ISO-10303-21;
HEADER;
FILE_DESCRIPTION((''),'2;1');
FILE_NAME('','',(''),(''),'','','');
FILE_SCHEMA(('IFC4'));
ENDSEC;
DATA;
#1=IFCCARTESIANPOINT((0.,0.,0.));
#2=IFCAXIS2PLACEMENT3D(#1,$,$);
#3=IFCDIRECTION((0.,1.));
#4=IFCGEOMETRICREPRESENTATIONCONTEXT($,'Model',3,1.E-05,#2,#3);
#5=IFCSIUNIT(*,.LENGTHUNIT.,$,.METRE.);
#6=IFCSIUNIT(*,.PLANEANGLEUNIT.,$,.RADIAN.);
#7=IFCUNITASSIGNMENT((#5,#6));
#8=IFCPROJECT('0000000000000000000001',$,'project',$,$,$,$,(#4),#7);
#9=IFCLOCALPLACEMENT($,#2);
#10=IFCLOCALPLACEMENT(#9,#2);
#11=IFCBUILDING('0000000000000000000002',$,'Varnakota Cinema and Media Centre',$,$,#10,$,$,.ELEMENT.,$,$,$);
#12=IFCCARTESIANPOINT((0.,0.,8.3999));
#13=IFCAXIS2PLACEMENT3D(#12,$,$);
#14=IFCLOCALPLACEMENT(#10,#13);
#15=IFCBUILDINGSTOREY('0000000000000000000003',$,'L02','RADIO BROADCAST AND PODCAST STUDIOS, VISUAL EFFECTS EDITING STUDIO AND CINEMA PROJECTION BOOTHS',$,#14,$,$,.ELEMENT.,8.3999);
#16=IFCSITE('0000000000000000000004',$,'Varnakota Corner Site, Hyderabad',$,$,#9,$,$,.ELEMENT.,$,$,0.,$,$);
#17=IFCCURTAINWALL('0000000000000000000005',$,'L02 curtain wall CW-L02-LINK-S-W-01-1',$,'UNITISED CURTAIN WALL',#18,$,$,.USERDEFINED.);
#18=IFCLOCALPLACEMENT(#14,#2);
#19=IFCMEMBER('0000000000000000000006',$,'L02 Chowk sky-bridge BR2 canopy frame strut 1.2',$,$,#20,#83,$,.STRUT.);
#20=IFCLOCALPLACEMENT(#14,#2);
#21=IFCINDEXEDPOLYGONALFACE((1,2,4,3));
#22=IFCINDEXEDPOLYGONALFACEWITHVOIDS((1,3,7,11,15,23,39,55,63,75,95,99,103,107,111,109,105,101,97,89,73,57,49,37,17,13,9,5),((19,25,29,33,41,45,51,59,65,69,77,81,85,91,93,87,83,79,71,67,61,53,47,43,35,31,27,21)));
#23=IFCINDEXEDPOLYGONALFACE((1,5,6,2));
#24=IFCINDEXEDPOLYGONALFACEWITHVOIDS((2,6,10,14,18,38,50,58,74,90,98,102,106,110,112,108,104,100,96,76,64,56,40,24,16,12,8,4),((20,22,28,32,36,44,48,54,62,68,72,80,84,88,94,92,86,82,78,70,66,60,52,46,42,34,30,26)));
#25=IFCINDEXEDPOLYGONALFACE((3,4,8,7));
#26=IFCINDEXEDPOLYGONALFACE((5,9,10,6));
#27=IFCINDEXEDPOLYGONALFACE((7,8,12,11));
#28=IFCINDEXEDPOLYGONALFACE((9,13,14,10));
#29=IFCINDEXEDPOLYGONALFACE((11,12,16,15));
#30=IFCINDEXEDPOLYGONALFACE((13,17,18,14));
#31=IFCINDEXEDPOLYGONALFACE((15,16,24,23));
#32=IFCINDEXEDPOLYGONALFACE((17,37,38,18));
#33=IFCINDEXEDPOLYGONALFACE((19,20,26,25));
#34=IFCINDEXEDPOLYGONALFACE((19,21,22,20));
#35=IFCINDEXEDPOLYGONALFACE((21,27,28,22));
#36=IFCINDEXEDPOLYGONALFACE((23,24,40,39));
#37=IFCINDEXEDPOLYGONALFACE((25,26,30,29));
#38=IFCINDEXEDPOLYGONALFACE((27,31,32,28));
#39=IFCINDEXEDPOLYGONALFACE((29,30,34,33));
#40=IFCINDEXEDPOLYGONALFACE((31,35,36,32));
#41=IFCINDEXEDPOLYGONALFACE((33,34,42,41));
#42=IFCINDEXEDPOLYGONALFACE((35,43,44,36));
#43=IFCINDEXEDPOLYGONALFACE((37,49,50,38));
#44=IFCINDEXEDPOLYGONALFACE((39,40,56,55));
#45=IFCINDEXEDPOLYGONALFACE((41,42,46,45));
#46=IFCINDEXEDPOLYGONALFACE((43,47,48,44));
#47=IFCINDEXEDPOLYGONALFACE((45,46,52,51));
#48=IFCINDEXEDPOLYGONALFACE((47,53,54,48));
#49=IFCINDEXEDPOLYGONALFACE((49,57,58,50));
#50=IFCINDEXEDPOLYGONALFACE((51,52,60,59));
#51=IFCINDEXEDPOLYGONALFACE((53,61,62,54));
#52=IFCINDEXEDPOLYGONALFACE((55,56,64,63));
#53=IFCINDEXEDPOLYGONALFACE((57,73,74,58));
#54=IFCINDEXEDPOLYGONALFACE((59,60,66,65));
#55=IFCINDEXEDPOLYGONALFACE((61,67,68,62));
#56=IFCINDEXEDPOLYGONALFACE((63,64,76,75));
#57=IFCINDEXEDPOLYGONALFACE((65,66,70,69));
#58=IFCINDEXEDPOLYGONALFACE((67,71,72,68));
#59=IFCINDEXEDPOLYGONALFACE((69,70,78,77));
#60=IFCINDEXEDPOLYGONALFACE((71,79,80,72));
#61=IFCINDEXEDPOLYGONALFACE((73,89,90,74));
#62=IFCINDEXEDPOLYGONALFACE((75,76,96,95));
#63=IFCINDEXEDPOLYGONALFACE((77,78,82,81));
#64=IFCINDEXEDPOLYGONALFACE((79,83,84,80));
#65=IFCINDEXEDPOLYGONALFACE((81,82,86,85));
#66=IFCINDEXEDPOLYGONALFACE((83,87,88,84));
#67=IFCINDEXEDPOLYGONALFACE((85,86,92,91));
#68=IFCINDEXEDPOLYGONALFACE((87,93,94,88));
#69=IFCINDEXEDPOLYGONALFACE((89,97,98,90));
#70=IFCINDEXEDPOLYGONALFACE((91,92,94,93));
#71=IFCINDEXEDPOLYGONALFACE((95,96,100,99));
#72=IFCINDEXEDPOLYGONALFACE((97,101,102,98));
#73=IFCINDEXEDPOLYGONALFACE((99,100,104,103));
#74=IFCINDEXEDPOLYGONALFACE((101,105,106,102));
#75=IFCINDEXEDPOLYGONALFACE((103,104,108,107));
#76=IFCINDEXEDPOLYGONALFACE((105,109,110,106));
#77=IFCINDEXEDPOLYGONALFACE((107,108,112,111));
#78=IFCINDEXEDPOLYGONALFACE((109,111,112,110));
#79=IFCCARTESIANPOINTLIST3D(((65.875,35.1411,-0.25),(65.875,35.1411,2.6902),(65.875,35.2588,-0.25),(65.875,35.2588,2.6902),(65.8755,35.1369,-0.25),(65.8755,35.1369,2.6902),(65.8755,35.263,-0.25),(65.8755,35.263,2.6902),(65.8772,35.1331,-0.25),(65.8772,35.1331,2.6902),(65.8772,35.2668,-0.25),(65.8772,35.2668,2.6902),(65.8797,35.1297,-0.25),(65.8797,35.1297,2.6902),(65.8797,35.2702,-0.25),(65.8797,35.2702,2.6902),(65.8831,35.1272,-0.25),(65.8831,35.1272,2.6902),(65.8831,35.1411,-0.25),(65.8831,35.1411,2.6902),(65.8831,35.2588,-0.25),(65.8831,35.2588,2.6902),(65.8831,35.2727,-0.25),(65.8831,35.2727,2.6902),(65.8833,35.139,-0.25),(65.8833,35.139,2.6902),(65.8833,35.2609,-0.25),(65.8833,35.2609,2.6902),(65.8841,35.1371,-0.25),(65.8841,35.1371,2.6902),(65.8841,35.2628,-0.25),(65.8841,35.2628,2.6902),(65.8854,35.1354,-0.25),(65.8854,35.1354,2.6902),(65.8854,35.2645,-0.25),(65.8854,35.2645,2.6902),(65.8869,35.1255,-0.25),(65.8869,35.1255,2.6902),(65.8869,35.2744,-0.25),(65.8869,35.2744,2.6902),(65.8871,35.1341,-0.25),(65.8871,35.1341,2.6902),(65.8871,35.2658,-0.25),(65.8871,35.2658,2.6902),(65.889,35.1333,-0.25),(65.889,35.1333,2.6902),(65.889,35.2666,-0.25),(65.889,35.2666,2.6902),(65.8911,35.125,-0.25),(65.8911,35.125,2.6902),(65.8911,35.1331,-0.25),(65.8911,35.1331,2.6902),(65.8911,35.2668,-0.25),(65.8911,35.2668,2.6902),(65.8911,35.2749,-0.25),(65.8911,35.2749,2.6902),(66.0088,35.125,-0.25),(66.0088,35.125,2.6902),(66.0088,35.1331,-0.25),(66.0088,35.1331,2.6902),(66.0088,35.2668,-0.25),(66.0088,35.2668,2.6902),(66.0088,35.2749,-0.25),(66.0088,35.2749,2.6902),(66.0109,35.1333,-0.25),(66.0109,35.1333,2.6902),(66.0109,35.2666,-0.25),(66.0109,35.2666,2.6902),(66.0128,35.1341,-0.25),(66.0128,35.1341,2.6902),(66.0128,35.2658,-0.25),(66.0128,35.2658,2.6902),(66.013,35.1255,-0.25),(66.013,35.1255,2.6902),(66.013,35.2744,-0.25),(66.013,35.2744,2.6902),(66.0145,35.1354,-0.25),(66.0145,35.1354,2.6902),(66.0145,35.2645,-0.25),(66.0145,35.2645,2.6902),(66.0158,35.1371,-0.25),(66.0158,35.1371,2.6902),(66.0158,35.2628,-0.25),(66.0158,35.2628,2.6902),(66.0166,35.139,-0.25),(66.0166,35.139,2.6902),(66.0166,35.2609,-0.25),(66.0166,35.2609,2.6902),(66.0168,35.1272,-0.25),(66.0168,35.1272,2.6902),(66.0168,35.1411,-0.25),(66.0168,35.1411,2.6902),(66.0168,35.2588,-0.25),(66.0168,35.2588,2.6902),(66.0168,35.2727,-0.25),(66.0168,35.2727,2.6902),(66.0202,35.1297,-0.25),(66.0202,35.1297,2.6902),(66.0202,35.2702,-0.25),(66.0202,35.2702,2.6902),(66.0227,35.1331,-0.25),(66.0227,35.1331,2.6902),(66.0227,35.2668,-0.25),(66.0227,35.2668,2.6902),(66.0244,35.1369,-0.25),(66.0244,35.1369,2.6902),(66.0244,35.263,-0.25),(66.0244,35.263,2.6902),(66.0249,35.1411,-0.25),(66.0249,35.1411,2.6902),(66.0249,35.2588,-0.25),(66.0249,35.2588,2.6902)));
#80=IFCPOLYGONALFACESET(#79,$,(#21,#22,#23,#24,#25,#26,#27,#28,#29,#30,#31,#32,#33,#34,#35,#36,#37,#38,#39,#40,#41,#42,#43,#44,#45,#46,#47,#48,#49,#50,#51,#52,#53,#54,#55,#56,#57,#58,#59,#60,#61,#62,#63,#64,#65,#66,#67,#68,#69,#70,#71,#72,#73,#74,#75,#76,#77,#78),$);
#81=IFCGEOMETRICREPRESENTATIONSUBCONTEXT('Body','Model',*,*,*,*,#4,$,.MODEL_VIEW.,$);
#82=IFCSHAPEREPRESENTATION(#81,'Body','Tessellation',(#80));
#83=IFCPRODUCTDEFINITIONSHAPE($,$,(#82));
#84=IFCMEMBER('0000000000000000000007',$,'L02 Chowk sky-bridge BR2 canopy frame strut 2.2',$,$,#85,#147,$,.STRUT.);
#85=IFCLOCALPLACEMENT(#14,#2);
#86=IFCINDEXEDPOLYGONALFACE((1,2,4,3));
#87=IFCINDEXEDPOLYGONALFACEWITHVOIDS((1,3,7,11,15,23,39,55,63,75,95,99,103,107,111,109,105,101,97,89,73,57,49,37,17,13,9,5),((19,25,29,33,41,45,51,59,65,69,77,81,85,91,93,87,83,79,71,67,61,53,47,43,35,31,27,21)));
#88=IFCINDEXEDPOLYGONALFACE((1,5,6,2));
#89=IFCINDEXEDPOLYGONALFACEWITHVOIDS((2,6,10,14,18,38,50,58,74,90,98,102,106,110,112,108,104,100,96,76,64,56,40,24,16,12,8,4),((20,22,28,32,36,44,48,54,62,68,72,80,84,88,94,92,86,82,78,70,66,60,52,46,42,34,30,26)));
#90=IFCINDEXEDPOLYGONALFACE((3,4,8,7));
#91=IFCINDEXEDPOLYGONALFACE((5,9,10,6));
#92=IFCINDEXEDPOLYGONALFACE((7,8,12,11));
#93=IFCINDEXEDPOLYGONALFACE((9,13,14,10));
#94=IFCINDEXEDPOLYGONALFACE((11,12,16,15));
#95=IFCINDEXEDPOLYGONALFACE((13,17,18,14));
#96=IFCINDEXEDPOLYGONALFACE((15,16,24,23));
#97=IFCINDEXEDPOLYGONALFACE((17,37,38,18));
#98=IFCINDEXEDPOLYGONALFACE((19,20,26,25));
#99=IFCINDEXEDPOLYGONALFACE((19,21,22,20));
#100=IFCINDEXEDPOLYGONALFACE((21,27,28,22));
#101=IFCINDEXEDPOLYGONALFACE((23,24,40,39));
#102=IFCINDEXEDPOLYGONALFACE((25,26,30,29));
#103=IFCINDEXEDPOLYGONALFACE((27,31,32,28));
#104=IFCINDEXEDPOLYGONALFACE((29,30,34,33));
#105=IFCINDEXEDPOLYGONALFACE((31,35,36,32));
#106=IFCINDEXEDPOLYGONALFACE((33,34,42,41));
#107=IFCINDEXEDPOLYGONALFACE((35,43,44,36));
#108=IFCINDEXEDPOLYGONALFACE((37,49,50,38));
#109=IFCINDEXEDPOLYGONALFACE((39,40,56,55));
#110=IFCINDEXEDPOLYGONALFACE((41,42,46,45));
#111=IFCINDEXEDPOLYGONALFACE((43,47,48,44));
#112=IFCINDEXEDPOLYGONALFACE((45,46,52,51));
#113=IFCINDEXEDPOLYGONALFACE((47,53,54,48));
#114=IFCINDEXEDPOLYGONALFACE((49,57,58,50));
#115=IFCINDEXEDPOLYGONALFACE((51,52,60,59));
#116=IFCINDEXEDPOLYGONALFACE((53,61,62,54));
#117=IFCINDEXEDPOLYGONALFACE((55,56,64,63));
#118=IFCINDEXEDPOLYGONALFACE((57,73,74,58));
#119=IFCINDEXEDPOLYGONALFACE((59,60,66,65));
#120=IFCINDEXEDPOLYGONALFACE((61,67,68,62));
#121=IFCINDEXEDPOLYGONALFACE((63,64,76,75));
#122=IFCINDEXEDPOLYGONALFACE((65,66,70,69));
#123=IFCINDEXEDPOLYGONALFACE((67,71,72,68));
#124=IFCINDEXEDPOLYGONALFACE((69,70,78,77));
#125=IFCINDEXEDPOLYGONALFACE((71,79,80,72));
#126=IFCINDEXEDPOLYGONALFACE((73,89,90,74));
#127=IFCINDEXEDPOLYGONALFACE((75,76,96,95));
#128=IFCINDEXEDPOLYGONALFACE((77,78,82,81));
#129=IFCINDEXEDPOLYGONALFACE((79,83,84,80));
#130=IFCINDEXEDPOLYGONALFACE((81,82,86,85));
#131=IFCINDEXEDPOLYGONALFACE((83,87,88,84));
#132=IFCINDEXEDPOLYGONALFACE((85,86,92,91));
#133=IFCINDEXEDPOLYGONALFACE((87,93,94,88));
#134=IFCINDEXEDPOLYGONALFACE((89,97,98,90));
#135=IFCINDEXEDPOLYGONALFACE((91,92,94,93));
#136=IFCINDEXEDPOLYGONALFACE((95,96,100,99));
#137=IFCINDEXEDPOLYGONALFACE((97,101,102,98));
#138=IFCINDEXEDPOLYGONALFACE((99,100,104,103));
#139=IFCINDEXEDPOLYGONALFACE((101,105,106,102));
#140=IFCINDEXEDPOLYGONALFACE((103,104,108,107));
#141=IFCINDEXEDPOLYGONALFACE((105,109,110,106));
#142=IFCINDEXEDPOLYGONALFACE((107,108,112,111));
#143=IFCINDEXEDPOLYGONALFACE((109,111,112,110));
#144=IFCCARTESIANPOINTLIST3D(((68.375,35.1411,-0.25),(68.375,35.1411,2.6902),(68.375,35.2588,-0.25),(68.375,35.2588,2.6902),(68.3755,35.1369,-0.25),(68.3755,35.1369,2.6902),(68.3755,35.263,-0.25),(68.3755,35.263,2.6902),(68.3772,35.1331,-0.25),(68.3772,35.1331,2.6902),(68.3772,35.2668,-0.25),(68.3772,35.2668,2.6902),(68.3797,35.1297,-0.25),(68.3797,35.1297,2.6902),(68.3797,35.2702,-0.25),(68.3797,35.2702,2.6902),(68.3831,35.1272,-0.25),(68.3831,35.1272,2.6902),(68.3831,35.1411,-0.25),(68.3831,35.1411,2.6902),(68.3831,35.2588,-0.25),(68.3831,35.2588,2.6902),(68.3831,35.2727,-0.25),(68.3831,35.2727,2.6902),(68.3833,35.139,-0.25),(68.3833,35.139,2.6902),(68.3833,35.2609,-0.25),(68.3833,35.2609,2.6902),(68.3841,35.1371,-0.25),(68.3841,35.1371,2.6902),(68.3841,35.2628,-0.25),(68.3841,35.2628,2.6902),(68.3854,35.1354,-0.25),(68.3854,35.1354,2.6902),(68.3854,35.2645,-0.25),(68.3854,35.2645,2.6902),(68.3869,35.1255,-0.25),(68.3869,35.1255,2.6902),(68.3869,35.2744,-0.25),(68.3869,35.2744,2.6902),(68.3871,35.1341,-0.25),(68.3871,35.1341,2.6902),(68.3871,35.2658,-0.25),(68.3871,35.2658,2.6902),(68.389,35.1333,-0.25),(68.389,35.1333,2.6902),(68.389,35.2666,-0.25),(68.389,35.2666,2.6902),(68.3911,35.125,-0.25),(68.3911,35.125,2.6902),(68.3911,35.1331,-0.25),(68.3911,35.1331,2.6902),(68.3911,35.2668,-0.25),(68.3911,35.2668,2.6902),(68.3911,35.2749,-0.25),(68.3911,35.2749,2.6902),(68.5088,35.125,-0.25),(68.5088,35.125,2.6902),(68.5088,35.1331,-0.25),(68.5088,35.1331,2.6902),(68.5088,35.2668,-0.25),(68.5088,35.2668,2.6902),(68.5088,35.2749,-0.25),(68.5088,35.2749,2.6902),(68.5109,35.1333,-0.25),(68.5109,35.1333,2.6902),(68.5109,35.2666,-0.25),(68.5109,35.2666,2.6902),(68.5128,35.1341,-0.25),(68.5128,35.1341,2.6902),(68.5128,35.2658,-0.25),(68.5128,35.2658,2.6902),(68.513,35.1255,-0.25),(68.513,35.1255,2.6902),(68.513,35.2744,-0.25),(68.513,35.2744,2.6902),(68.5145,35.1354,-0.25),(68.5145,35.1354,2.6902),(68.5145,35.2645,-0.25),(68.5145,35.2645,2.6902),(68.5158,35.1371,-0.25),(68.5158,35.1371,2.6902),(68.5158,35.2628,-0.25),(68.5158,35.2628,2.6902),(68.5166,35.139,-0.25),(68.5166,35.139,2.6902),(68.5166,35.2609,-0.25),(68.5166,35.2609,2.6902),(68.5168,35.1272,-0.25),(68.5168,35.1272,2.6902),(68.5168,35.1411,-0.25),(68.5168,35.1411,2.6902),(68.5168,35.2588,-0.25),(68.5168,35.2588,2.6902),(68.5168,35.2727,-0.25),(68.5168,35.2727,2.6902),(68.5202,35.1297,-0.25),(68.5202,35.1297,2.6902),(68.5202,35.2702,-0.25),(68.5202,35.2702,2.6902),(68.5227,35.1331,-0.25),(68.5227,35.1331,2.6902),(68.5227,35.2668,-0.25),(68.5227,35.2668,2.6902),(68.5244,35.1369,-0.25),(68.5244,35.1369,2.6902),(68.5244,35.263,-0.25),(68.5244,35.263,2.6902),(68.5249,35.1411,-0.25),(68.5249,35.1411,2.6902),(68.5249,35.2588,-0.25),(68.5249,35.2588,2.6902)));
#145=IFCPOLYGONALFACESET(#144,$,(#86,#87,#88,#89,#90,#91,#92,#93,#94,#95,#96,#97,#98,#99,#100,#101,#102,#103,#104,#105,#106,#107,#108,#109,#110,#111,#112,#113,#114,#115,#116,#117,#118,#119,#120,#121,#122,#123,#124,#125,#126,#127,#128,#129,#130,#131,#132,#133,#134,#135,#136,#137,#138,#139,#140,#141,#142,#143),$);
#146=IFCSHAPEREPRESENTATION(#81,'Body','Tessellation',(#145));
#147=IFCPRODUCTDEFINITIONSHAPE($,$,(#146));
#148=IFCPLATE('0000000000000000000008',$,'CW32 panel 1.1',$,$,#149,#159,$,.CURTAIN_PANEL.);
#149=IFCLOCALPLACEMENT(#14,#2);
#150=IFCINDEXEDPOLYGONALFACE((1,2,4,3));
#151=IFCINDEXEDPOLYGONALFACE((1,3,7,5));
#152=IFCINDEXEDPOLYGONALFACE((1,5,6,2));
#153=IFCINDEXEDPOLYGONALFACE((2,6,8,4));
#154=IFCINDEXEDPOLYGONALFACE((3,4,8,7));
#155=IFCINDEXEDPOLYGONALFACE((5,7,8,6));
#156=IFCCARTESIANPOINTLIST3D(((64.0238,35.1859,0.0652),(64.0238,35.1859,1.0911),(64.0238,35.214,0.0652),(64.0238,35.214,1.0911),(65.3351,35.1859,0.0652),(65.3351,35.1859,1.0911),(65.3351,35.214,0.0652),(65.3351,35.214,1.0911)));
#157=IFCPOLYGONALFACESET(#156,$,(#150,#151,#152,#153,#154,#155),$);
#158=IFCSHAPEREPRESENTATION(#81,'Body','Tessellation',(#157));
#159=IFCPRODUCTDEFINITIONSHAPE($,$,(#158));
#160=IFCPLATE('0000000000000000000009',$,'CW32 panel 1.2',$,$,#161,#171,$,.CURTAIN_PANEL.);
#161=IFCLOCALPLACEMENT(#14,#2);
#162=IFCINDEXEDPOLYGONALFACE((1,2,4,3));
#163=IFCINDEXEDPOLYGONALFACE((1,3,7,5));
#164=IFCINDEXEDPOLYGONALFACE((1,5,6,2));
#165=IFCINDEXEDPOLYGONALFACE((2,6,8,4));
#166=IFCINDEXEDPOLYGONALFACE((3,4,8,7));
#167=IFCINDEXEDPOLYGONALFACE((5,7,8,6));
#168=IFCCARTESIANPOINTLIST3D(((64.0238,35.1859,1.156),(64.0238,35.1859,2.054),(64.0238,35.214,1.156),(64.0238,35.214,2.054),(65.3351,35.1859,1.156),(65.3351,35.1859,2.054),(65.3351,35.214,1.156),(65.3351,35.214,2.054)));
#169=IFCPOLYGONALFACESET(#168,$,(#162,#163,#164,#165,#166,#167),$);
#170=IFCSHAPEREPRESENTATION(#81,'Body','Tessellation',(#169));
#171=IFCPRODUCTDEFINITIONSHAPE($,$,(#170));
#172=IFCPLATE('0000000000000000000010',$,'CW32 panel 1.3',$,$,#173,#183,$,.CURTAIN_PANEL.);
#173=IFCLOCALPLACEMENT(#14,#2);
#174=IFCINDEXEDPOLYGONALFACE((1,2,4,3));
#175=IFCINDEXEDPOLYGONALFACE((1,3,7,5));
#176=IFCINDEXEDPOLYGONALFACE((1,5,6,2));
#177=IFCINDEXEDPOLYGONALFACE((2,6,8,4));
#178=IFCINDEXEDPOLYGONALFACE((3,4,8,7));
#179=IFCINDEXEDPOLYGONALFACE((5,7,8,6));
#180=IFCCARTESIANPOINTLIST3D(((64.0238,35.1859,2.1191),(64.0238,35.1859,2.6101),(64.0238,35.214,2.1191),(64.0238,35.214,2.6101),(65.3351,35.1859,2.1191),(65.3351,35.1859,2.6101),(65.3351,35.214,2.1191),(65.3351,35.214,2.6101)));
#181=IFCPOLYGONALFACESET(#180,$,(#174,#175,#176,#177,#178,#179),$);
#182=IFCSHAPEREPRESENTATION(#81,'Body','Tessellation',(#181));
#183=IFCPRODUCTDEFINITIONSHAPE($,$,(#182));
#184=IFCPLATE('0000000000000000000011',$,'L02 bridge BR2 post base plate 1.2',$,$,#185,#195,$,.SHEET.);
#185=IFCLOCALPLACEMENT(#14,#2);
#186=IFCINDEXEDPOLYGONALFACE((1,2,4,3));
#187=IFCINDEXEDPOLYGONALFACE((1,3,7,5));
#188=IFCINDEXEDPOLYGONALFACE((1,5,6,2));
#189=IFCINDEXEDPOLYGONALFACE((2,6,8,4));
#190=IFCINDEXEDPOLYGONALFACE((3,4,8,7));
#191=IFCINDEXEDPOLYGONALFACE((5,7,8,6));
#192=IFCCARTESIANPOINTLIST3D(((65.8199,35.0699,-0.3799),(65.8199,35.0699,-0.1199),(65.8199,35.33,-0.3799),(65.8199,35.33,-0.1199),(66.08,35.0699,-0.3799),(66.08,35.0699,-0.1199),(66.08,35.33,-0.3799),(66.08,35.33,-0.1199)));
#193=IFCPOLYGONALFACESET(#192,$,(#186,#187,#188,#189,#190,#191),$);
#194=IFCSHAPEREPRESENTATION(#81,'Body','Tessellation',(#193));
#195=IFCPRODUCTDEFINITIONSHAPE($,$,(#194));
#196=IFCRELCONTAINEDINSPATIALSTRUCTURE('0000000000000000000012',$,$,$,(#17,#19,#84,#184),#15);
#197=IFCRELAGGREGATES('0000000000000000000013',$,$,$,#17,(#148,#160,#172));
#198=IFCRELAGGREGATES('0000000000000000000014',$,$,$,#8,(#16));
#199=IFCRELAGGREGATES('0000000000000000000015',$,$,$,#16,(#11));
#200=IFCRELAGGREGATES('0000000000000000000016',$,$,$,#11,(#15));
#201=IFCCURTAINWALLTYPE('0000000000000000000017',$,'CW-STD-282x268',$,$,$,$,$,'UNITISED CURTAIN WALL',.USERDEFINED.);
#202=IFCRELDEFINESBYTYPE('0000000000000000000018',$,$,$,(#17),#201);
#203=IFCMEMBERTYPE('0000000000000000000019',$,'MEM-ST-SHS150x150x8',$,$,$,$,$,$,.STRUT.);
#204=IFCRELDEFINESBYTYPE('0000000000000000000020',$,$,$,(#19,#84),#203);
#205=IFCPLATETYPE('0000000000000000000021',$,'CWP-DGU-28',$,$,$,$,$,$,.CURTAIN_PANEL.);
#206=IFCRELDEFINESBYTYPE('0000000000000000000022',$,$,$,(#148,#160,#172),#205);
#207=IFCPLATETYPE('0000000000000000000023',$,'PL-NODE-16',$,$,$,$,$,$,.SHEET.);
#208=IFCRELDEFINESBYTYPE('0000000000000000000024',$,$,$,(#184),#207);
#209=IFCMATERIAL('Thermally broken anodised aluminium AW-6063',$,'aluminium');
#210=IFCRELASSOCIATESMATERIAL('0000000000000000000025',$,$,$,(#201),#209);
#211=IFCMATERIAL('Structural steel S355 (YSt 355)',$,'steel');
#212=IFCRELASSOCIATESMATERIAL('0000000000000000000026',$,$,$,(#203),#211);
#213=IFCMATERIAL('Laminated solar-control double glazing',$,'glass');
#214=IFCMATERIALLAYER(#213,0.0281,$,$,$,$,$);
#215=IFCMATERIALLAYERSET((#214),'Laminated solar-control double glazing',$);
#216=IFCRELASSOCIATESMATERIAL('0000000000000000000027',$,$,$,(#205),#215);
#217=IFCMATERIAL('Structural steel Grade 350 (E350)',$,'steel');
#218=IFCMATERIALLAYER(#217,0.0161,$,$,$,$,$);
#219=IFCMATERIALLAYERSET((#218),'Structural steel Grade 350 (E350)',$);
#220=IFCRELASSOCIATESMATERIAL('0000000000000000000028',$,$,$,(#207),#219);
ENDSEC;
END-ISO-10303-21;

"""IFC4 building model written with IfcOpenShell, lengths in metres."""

from ifc_helpers import new_model, si_unit, direction, frame, origin, origin_2d, place, context, subcontext, project, spatial, rectangle, hollow_rectangle, extrude, material, layer, layer_set, material_profile, profile_set, type_object, element, aggregate, save


model = new_model("IFC4")

# Units and contexts
model_context = context("Model", 3, precision=1e-05, world=origin(), true_north=direction((0.0, 1.0)))
body_context = subcontext(model_context, "Body", "Model", "MODEL_VIEW")
ifc_project = project(units=[si_unit("LENGTHUNIT", "METRE"), si_unit("PLANEANGLEUNIT", "RADIAN")], contexts=[model_context])

# Site, building, storey
site_placement = place(None, origin())
site = spatial("IfcSite", under=ifc_project, at=site_placement, Name="Varnakota Corner Site, Hyderabad", CompositionType="ELEMENT", RefElevation=0.0)
building_placement = place(site_placement, origin())
building = spatial("IfcBuilding", under=site, at=building_placement, Name="Varnakota Cinema and Media Centre", CompositionType="ELEMENT")
storey_placement = place(building_placement, frame((0.0, 0.0, 8.3999)))
storey = spatial("IfcBuildingStorey", under=building, at=storey_placement, Name="L02", Description="RADIO BROADCAST AND PODCAST STUDIOS, VISUAL EFFECTS EDITING STUDIO AND CINEMA PROJECTION BOOTHS", CompositionType="ELEMENT", Elevation=8.3999)

# Curtain wall
ifc_material_1 = material(Name="Thermally broken anodised aluminium AW-6063", Category="aluminium")
curtain_wall_type = type_object("IfcCurtainWallType", Name="CW-STD-282x268", ElementType="UNITISED CURTAIN WALL", PredefinedType="USERDEFINED", material=ifc_material_1)
curtain_wall_placement = place(storey_placement, origin())
curtain_wall = element("IfcCurtainWall", 1, at=curtain_wall_placement, inside=storey, type_object=curtain_wall_type, Name="L02 curtain wall CW-L02-LINK-S-W-01-1", ObjectType="UNITISED CURTAIN WALL", PredefinedType="USERDEFINED")

# Members
ifc_material_2 = material(Name="Structural steel S355 (YSt 355)", Category="steel")
ifc_material_profile_1 = material_profile(ifc_material_2, hollow_rectangle(XDim=0.1499, YDim=0.1499, WallThickness=0.0081, InnerFilletRadius=0.0081, OuterFilletRadius=0.0161, at=origin_2d()), Name="SHS 150x150x8")
ifc_profile_set_1 = profile_set([ifc_material_profile_1], Name="Structural steel S355 (YSt 355)")
member_type_1 = type_object("IfcMemberType", Name="MEM-ST-SHS150x150x8", PredefinedType="STRUT", material=ifc_profile_set_1)
for number, where, z_axis, x_axis, name in (
    (2, (65.95, 35.2, -0.25), (0.0, 0.0, 1.0), (1.0, 0.0, 0.0), "L02 Chowk sky-bridge BR2 canopy frame strut 1.2"),
    (3, (68.45, 35.2, -0.25), (0.0, 0.0, 1.0), (1.0, 0.0, 0.0), "L02 Chowk sky-bridge BR2 canopy frame strut 2.2"),
):
    element("IfcMember", number, at=place(storey_placement, frame(where, z_axis=z_axis, x_axis=x_axis)), inside=storey, type_object=member_type_1, Name=name, PredefinedType="STRUT", context=body_context, shape_type="SweptSolid", body=[
        extrude(hollow_rectangle(XDim=0.1499, YDim=0.1499, WallThickness=0.0081, InnerFilletRadius=0.0081, OuterFilletRadius=0.0161, at=origin_2d()), origin(), (0.0, 0.0, 1.0), 2.9402),
    ])

# Plates
ifc_material_3 = material(Name="Laminated solar-control double glazing", Category="glass")
ifc_layer_1 = layer(ifc_material_3, 0.0281)
ifc_layer_set_1 = layer_set([ifc_layer_1], Name="Laminated solar-control double glazing")
plate_type_1 = type_object("IfcPlateType", Name="CWP-DGU-28", PredefinedType="CURTAIN_PANEL", material=ifc_layer_set_1)
plate_1_placement = place(storey_placement, frame((64.6794, 35.2, 0.0652), z_axis=(0.0, 0.0, 1.0), x_axis=(-1.0, 0.0, 0.0)))
plate_1 = element("IfcPlate", 4, at=plate_1_placement, type_object=plate_type_1, Name="CW32 panel 1.1", PredefinedType="CURTAIN_PANEL", context=body_context, shape_type="SweptSolid", body=[
    extrude(rectangle(XDim=1.3113, YDim=0.0281, at=origin_2d()), origin(), (0.0, 0.0, 1.0), 1.0259),
])
plate_2_placement = place(storey_placement, frame((64.6794, 35.2, 1.156), z_axis=(0.0, 0.0, 1.0), x_axis=(-1.0, 0.0, 0.0)))
plate_2 = element("IfcPlate", 5, at=plate_2_placement, type_object=plate_type_1, Name="CW32 panel 1.2", PredefinedType="CURTAIN_PANEL", context=body_context, shape_type="SweptSolid", body=[
    extrude(rectangle(XDim=1.3113, YDim=0.0281, at=origin_2d()), origin(), (0.0, 0.0, 1.0), 0.8979),
])
plate_3_placement = place(storey_placement, frame((64.6794, 35.2, 2.1191), z_axis=(0.0, 0.0, 1.0), x_axis=(-1.0, 0.0, 0.0)))
plate_3 = element("IfcPlate", 6, at=plate_3_placement, type_object=plate_type_1, Name="CW32 panel 1.3", PredefinedType="CURTAIN_PANEL", context=body_context, shape_type="SweptSolid", body=[
    extrude(rectangle(XDim=1.3113, YDim=0.0281, at=origin_2d()), origin(), (0.0, 0.0, 1.0), 0.491),
])
aggregate(curtain_wall, [plate_1, plate_2, plate_3])

# Plate
ifc_material_4 = material(Name="Structural steel Grade 350 (E350)", Category="steel")
ifc_layer_2 = layer(ifc_material_4, 0.0161)
ifc_layer_set_2 = layer_set([ifc_layer_2], Name="Structural steel Grade 350 (E350)")
plate_type_2 = type_object("IfcPlateType", Name="PL-NODE-16", PredefinedType="SHEET", material=ifc_layer_set_2)
for number, where, z_axis, x_axis, name in (
    (7, (65.95, 35.2, -0.3799), (0.0, 0.0, 1.0), (1.0, 0.0, 0.0), "L02 bridge BR2 post base plate 1.2"),
):
    element("IfcPlate", number, at=place(storey_placement, frame(where, z_axis=z_axis, x_axis=x_axis)), inside=storey, type_object=plate_type_2, Name=name, PredefinedType="SHEET", context=body_context, shape_type="SweptSolid", body=[
        extrude(rectangle(XDim=0.26, YDim=0.26, at=origin_2d()), origin(), (0.0, 0.0, 1.0), 0.26),
    ])

save(model, "model.ifc")
